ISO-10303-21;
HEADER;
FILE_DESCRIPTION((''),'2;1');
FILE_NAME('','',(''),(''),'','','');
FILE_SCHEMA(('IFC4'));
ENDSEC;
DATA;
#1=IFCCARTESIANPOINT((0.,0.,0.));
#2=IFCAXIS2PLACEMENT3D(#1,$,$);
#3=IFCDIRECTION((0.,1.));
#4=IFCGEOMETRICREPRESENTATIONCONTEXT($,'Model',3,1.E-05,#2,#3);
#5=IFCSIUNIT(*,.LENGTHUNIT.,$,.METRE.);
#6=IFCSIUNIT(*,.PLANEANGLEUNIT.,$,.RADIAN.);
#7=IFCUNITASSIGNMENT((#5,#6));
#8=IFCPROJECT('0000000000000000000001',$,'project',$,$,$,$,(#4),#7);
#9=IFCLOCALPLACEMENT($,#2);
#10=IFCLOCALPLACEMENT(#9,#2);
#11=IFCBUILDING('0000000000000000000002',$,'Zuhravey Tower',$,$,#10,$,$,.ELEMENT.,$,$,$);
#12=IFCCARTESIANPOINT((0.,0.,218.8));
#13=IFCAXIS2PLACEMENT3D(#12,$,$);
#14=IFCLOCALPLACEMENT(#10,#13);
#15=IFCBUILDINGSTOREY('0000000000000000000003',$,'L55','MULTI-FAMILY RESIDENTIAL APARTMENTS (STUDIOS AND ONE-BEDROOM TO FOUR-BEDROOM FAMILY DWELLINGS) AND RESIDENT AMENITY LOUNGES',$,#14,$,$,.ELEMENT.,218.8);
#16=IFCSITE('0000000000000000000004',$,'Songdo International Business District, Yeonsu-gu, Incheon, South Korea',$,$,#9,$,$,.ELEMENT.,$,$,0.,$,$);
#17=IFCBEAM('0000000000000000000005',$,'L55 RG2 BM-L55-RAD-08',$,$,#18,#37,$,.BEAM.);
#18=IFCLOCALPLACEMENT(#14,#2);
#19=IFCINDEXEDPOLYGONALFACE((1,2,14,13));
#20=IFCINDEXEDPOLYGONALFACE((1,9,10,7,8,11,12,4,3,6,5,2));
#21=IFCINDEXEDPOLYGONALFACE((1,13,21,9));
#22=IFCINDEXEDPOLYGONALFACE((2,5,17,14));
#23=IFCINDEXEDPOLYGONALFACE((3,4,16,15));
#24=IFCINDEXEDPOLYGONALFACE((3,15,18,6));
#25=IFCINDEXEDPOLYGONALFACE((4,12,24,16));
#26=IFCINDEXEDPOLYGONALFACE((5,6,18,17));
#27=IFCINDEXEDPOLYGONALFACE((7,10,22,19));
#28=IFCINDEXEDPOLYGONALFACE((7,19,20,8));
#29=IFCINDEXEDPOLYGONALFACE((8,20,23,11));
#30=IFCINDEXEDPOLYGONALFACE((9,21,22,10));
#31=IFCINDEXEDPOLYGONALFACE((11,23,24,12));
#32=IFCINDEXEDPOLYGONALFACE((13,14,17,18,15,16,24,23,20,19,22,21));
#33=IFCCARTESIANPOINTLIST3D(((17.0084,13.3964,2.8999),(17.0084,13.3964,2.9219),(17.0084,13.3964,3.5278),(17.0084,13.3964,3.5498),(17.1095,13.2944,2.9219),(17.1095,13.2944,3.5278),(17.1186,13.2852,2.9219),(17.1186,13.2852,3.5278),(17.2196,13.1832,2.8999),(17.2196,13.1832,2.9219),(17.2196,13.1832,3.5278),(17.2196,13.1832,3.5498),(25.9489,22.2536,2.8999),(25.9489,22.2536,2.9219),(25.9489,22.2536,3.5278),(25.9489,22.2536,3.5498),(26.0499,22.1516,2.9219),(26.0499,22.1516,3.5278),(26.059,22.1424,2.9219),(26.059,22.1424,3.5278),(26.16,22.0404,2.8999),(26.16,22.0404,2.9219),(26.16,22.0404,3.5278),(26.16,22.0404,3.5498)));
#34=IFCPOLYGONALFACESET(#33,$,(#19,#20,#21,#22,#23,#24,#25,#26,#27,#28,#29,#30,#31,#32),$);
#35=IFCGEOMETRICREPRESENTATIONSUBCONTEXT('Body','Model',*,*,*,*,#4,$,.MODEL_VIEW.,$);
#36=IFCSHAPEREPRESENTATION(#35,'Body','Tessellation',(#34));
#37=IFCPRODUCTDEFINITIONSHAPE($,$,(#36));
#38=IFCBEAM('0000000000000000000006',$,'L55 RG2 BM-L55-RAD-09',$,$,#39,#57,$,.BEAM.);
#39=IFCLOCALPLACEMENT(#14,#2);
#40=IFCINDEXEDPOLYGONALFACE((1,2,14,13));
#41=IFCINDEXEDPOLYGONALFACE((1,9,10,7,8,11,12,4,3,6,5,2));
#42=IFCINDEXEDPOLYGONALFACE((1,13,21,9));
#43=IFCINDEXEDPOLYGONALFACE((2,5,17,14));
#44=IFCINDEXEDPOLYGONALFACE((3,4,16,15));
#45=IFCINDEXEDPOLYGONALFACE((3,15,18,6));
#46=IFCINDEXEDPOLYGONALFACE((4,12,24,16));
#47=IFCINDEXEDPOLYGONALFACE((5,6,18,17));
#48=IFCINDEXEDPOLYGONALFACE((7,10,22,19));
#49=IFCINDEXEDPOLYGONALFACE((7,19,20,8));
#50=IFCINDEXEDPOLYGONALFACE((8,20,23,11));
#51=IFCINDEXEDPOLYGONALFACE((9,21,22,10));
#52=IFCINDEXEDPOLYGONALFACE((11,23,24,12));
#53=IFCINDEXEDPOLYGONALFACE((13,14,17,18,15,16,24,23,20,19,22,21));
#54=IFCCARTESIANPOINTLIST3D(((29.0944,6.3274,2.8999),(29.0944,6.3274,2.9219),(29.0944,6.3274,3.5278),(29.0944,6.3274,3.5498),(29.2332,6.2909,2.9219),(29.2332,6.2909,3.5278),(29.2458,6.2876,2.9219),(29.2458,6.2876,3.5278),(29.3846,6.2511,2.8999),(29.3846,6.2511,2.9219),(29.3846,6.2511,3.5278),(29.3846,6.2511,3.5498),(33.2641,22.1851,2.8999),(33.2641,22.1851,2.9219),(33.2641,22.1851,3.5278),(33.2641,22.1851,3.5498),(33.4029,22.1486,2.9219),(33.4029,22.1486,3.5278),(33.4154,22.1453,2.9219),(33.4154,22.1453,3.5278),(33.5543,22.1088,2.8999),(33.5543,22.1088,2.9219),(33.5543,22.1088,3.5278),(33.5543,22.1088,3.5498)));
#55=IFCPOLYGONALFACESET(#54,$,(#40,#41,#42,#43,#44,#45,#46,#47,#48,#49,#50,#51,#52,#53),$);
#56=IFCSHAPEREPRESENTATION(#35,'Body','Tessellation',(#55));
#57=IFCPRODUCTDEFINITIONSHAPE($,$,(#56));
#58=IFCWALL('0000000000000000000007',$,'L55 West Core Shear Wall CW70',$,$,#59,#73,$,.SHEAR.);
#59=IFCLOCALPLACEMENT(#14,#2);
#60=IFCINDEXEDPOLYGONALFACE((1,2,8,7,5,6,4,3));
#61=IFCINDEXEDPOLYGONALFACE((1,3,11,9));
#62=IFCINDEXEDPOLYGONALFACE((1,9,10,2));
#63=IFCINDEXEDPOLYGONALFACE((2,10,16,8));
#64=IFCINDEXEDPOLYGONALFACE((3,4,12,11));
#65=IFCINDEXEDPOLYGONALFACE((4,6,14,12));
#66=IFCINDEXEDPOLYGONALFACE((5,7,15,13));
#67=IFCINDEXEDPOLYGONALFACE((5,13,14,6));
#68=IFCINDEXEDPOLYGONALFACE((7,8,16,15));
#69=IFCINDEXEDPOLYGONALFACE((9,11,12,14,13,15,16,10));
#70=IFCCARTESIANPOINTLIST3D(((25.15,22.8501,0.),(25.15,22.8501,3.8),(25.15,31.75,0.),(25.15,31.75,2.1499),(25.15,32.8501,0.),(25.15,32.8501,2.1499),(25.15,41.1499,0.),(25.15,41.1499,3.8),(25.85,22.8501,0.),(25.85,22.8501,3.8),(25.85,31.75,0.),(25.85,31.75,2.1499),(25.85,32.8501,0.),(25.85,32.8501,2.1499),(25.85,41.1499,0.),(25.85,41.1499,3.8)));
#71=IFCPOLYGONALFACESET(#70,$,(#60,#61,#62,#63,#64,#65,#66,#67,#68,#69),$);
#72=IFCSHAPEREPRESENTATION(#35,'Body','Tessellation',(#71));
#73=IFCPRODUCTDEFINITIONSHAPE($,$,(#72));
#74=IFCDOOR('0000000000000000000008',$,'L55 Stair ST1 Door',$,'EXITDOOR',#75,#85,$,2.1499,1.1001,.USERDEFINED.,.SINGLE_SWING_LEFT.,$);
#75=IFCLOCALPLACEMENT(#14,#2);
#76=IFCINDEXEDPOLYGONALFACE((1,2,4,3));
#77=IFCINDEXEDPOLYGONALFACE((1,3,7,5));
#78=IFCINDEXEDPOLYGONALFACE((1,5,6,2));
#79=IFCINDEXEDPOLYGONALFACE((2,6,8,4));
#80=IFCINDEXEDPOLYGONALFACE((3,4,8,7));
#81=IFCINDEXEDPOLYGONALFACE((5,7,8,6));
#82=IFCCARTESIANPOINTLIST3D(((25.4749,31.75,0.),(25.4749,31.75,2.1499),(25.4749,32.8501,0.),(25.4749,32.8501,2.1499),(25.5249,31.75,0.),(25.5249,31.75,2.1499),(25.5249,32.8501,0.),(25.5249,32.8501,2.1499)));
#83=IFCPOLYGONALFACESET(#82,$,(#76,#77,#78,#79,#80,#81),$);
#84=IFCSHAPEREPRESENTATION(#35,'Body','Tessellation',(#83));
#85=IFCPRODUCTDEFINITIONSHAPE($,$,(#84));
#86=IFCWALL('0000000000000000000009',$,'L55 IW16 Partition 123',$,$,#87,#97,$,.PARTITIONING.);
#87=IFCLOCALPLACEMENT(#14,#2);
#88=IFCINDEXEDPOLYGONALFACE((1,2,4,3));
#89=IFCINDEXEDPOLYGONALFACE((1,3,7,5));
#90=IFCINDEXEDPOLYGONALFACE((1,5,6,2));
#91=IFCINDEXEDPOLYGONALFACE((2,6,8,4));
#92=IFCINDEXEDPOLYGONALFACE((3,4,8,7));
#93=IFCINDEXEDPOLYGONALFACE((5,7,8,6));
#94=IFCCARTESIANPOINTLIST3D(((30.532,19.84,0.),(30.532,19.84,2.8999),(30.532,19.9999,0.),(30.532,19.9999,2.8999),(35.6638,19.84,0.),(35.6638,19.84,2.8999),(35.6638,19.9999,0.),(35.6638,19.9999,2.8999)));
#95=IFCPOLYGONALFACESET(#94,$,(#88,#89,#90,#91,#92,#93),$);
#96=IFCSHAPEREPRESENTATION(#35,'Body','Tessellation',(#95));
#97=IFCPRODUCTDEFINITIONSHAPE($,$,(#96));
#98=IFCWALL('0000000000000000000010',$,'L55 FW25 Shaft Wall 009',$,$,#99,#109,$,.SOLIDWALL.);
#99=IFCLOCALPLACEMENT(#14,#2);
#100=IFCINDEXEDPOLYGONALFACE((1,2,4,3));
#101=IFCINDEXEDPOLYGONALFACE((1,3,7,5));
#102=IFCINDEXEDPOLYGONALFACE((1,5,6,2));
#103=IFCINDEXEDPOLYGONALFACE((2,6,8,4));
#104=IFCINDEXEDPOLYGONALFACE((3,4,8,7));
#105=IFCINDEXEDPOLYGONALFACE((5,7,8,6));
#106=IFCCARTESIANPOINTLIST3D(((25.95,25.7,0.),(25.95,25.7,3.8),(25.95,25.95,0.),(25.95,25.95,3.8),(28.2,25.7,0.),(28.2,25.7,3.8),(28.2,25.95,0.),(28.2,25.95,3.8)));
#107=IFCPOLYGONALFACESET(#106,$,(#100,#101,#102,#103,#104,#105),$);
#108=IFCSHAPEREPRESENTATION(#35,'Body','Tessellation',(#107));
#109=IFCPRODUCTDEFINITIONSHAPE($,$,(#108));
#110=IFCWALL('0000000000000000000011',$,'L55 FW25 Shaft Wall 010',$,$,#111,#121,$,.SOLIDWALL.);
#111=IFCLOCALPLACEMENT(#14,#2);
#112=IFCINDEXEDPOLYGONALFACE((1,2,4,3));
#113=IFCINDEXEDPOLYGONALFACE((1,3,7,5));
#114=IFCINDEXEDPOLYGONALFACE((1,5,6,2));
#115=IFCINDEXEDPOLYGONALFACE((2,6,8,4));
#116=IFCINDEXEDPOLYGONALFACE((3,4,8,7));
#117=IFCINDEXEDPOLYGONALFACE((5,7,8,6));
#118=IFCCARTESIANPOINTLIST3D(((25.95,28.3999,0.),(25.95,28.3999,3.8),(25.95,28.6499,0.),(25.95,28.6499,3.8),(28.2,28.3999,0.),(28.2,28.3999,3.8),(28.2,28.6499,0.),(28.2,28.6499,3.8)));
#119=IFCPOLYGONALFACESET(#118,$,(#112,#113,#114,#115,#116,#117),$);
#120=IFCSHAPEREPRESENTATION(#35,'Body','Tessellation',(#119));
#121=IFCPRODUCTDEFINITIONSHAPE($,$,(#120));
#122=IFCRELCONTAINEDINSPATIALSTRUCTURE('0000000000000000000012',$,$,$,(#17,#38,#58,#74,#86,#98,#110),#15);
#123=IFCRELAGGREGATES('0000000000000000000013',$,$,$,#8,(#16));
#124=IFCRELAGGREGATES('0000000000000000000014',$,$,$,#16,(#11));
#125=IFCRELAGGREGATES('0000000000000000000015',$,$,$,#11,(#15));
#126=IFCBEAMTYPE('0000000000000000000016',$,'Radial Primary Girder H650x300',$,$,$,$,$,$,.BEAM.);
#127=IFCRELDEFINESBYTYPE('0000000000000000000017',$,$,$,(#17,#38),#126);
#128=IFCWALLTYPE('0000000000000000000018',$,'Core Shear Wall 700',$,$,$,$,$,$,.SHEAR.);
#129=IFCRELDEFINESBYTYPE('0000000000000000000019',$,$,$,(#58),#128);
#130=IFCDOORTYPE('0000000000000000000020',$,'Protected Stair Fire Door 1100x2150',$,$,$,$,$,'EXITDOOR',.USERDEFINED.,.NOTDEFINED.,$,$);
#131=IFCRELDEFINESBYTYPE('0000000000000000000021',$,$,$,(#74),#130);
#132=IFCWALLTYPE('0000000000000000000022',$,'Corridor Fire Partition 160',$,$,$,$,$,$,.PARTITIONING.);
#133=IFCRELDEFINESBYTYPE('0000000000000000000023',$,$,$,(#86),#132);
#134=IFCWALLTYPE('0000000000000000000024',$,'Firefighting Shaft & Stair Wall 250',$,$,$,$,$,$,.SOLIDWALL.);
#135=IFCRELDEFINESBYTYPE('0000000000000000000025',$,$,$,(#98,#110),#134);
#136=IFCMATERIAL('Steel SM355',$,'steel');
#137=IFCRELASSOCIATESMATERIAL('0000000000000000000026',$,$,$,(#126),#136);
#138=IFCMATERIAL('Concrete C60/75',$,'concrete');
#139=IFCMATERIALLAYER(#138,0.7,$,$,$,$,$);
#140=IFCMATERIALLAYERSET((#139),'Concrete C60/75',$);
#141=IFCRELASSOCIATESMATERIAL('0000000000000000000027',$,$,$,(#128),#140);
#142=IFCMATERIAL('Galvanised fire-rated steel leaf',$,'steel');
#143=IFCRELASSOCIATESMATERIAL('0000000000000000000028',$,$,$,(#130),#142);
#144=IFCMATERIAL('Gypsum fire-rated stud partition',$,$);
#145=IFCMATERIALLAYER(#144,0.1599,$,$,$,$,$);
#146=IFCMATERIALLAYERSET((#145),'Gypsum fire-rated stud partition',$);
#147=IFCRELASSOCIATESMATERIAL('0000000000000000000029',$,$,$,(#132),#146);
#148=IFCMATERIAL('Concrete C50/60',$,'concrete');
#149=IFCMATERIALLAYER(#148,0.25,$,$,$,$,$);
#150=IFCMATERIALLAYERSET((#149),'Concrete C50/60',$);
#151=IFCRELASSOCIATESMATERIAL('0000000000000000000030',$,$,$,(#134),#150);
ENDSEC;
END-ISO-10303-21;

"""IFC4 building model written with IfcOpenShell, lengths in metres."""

from ifc_helpers import new_model, si_unit, direction, frame, frame_2d, origin, origin_2d, place, context, subcontext, project, spatial, rectangle, i_section, extrude, material, layer, layer_set, material_profile, profile_set, type_object, element, fill, save


model = new_model("IFC4")

# Units and contexts
model_context = context("Model", 3, precision=1e-05, world=origin(), true_north=direction((0.0, 1.0)))
body_context = subcontext(model_context, "Body", "Model", "MODEL_VIEW")
ifc_project = project(units=[si_unit("LENGTHUNIT", "METRE"), si_unit("PLANEANGLEUNIT", "RADIAN")], contexts=[model_context])

# Site, building, storey
site_placement = place(None, origin())
site = spatial("IfcSite", under=ifc_project, at=site_placement, Name="Songdo International Business District, Yeonsu-gu, Incheon, South Korea", CompositionType="ELEMENT", RefElevation=0.0)
building_placement = place(site_placement, origin())
building = spatial("IfcBuilding", under=site, at=building_placement, Name="Zuhravey Tower", CompositionType="ELEMENT")
storey_placement = place(building_placement, frame((0.0, 0.0, 218.8)))
storey = spatial("IfcBuildingStorey", under=building, at=storey_placement, Name="L55", Description="MULTI-FAMILY RESIDENTIAL APARTMENTS (STUDIOS AND ONE-BEDROOM TO FOUR-BEDROOM FAMILY DWELLINGS) AND RESIDENT AMENITY LOUNGES", CompositionType="ELEMENT", Elevation=218.8)

# Beams
ifc_material_1 = material(Name="Steel SM355", Category="steel")
ifc_material_profile = material_profile(ifc_material_1, i_section(OverallWidth=0.3, OverallDepth=0.6499, WebThickness=0.0129, FlangeThickness=0.022, at=origin_2d()), Name="H-650x300x13x22")
ifc_profile_set = profile_set([ifc_material_profile], Name="Steel SM355")
beam_type = type_object("IfcBeamType", Name="Radial Primary Girder H650x300", PredefinedType="BEAM", material=ifc_profile_set)
beam_1_placement = place(storey_placement, frame((26.0544, 22.147, 3.2249), z_axis=(-0.710407, -0.703791, 0.0), x_axis=(0.703791, -0.710407, 0.0)))
element("IfcBeam", 1, at=beam_1_placement, inside=storey, type_object=beam_type, Name="L55 RG2 BM-L55-RAD-08", PredefinedType="BEAM", context=body_context, shape_type="SweptSolid", body=[
    extrude(i_section(OverallWidth=0.3, OverallDepth=0.6499, WebThickness=0.0129, FlangeThickness=0.022, at=origin_2d()), origin(), (0.0, 0.0, 1.0), 12.585),
])
beam_2_placement = place(storey_placement, frame((33.4092, 22.147, 3.2249), z_axis=(-0.2543, -0.967125, 0.0), x_axis=(0.967125, -0.2543, 0.0)))
element("IfcBeam", 2, at=beam_2_placement, inside=storey, type_object=beam_type, Name="L55 RG2 BM-L55-RAD-09", PredefinedType="BEAM", context=body_context, shape_type="SweptSolid", body=[
    extrude(i_section(OverallWidth=0.3, OverallDepth=0.6499, WebThickness=0.0129, FlangeThickness=0.022, at=origin_2d()), origin(), (0.0, 0.0, 1.0), 16.3967),
])

# Wall, opening, door
ifc_material_2 = material(Name="Concrete C60/75", Category="concrete")
ifc_layer_1 = layer(ifc_material_2, 0.7)
ifc_layer_set_1 = layer_set([ifc_layer_1], Name="Concrete C60/75")
wall_type_1 = type_object("IfcWallType", Name="Core Shear Wall 700", PredefinedType="SHEAR", material=ifc_layer_set_1)
wall_1_placement = place(storey_placement, frame((25.5, 22.8501, 0.0), z_axis=(0.0, 0.0, 1.0), x_axis=(0.0, 1.0, 0.0)))
wall_1 = element("IfcWall", 3, at=wall_1_placement, inside=storey, type_object=wall_type_1, Name="L55 West Core Shear Wall CW70", PredefinedType="SHEAR", context=body_context, shape_type="SweptSolid", body=[
    extrude(rectangle(XDim=18.2998, YDim=0.7, at=frame_2d((9.1499, 0.0))), origin(), (0.0, 0.0, 1.0), 3.8),
])
opening_1_placement = place(wall_1_placement, frame((8.8999, 0.0, 0.0)))
opening_1 = element("IfcOpeningElement", 4, at=opening_1_placement, cuts=wall_1, PredefinedType="OPENING", context=body_context, shape_type="SweptSolid", body=[
    extrude(rectangle(XDim=1.1001, YDim=2.1499, at=frame_2d((0.55, 1.075))), frame((0.0, 0.3621, 0.0), z_axis=(0.0, -1.0, 0.0), x_axis=(1.0, 0.0, 0.0)), (0.0, 0.0, 1.0), 0.7239),
])
ifc_material_3 = material(Name="Galvanised fire-rated steel leaf", Category="steel")
door_type_1 = type_object("IfcDoorType", Name="Protected Stair Fire Door 1100x2150", ElementType="EXITDOOR", OperationType="NOTDEFINED", PredefinedType="USERDEFINED", material=ifc_material_3)
door_1_placement = place(opening_1_placement, frame((1.1001, 0.0, 0.0), z_axis=(0.0, 0.0, 1.0), x_axis=(-1.0, 0.0, 0.0)))
door_1 = element("IfcDoor", 5, at=door_1_placement, inside=storey, type_object=door_type_1, Name="L55 Stair ST1 Door", ObjectType="EXITDOOR", OperationType="SINGLE_SWING_LEFT", OverallHeight=2.1499, OverallWidth=1.1001, PredefinedType="USERDEFINED", context=body_context, shape_type="SweptSolid", body=[
    extrude(rectangle(XDim=1.1001, YDim=2.1499, at=frame_2d((0.55, 1.075))), frame((0.0, 0.0249, 0.0), z_axis=(0.0, -1.0, 0.0), x_axis=(1.0, 0.0, 0.0)), (0.0, 0.0, 1.0), 0.05),
])
fill(opening_1, door_1)
ifc_material_4 = material(Name="Gypsum fire-rated stud partition")
ifc_layer_2 = layer(ifc_material_4, 0.1599)
ifc_layer_set_2 = layer_set([ifc_layer_2], Name="Gypsum fire-rated stud partition")
wall_type_2 = type_object("IfcWallType", Name="Corridor Fire Partition 160", PredefinedType="PARTITIONING", material=ifc_layer_set_2)

# Wall
wall_2_placement = place(storey_placement, frame((30.532, 19.9199, 0.0), z_axis=(0.0, 0.0, 1.0), x_axis=(1.0, 0.0, 0.0)))
element("IfcWall", 6, at=wall_2_placement, inside=storey, type_object=wall_type_2, Name="L55 IW16 Partition 123", PredefinedType="PARTITIONING", context=body_context, shape_type="SweptSolid", body=[
    extrude(rectangle(XDim=5.1318, YDim=0.1599, at=frame_2d((2.5659, 0.0))), origin(), (0.0, 0.0, 1.0), 2.8999),
])

# Shared definitions
ifc_material_5 = material(Name="Concrete C50/60", Category="concrete")
ifc_layer_3 = layer(ifc_material_5, 0.25)
ifc_layer_set_3 = layer_set([ifc_layer_3], Name="Concrete C50/60")
wall_type_3 = type_object("IfcWallType", Name="Firefighting Shaft & Stair Wall 250", PredefinedType="SOLIDWALL", material=ifc_layer_set_3)

# Walls
for number, where, z_axis, x_axis, name in (
    (7, (25.95, 25.825, 0.0), (0.0, 0.0, 1.0), (1.0, 0.0, 0.0), "L55 FW25 Shaft Wall 009"),
    (8, (25.95, 28.5249, 0.0), (0.0, 0.0, 1.0), (1.0, 0.0, 0.0), "L55 FW25 Shaft Wall 010"),
):
    element("IfcWall", number, at=place(storey_placement, frame(where, z_axis=z_axis, x_axis=x_axis)), inside=storey, type_object=wall_type_3, Name=name, PredefinedType="SOLIDWALL", context=body_context, shape_type="SweptSolid", body=[
        extrude(rectangle(XDim=2.25, YDim=0.25, at=frame_2d((1.125, 0.0))), origin(), (0.0, 0.0, 1.0), 3.8),
    ])

save(model, "model.ifc")
